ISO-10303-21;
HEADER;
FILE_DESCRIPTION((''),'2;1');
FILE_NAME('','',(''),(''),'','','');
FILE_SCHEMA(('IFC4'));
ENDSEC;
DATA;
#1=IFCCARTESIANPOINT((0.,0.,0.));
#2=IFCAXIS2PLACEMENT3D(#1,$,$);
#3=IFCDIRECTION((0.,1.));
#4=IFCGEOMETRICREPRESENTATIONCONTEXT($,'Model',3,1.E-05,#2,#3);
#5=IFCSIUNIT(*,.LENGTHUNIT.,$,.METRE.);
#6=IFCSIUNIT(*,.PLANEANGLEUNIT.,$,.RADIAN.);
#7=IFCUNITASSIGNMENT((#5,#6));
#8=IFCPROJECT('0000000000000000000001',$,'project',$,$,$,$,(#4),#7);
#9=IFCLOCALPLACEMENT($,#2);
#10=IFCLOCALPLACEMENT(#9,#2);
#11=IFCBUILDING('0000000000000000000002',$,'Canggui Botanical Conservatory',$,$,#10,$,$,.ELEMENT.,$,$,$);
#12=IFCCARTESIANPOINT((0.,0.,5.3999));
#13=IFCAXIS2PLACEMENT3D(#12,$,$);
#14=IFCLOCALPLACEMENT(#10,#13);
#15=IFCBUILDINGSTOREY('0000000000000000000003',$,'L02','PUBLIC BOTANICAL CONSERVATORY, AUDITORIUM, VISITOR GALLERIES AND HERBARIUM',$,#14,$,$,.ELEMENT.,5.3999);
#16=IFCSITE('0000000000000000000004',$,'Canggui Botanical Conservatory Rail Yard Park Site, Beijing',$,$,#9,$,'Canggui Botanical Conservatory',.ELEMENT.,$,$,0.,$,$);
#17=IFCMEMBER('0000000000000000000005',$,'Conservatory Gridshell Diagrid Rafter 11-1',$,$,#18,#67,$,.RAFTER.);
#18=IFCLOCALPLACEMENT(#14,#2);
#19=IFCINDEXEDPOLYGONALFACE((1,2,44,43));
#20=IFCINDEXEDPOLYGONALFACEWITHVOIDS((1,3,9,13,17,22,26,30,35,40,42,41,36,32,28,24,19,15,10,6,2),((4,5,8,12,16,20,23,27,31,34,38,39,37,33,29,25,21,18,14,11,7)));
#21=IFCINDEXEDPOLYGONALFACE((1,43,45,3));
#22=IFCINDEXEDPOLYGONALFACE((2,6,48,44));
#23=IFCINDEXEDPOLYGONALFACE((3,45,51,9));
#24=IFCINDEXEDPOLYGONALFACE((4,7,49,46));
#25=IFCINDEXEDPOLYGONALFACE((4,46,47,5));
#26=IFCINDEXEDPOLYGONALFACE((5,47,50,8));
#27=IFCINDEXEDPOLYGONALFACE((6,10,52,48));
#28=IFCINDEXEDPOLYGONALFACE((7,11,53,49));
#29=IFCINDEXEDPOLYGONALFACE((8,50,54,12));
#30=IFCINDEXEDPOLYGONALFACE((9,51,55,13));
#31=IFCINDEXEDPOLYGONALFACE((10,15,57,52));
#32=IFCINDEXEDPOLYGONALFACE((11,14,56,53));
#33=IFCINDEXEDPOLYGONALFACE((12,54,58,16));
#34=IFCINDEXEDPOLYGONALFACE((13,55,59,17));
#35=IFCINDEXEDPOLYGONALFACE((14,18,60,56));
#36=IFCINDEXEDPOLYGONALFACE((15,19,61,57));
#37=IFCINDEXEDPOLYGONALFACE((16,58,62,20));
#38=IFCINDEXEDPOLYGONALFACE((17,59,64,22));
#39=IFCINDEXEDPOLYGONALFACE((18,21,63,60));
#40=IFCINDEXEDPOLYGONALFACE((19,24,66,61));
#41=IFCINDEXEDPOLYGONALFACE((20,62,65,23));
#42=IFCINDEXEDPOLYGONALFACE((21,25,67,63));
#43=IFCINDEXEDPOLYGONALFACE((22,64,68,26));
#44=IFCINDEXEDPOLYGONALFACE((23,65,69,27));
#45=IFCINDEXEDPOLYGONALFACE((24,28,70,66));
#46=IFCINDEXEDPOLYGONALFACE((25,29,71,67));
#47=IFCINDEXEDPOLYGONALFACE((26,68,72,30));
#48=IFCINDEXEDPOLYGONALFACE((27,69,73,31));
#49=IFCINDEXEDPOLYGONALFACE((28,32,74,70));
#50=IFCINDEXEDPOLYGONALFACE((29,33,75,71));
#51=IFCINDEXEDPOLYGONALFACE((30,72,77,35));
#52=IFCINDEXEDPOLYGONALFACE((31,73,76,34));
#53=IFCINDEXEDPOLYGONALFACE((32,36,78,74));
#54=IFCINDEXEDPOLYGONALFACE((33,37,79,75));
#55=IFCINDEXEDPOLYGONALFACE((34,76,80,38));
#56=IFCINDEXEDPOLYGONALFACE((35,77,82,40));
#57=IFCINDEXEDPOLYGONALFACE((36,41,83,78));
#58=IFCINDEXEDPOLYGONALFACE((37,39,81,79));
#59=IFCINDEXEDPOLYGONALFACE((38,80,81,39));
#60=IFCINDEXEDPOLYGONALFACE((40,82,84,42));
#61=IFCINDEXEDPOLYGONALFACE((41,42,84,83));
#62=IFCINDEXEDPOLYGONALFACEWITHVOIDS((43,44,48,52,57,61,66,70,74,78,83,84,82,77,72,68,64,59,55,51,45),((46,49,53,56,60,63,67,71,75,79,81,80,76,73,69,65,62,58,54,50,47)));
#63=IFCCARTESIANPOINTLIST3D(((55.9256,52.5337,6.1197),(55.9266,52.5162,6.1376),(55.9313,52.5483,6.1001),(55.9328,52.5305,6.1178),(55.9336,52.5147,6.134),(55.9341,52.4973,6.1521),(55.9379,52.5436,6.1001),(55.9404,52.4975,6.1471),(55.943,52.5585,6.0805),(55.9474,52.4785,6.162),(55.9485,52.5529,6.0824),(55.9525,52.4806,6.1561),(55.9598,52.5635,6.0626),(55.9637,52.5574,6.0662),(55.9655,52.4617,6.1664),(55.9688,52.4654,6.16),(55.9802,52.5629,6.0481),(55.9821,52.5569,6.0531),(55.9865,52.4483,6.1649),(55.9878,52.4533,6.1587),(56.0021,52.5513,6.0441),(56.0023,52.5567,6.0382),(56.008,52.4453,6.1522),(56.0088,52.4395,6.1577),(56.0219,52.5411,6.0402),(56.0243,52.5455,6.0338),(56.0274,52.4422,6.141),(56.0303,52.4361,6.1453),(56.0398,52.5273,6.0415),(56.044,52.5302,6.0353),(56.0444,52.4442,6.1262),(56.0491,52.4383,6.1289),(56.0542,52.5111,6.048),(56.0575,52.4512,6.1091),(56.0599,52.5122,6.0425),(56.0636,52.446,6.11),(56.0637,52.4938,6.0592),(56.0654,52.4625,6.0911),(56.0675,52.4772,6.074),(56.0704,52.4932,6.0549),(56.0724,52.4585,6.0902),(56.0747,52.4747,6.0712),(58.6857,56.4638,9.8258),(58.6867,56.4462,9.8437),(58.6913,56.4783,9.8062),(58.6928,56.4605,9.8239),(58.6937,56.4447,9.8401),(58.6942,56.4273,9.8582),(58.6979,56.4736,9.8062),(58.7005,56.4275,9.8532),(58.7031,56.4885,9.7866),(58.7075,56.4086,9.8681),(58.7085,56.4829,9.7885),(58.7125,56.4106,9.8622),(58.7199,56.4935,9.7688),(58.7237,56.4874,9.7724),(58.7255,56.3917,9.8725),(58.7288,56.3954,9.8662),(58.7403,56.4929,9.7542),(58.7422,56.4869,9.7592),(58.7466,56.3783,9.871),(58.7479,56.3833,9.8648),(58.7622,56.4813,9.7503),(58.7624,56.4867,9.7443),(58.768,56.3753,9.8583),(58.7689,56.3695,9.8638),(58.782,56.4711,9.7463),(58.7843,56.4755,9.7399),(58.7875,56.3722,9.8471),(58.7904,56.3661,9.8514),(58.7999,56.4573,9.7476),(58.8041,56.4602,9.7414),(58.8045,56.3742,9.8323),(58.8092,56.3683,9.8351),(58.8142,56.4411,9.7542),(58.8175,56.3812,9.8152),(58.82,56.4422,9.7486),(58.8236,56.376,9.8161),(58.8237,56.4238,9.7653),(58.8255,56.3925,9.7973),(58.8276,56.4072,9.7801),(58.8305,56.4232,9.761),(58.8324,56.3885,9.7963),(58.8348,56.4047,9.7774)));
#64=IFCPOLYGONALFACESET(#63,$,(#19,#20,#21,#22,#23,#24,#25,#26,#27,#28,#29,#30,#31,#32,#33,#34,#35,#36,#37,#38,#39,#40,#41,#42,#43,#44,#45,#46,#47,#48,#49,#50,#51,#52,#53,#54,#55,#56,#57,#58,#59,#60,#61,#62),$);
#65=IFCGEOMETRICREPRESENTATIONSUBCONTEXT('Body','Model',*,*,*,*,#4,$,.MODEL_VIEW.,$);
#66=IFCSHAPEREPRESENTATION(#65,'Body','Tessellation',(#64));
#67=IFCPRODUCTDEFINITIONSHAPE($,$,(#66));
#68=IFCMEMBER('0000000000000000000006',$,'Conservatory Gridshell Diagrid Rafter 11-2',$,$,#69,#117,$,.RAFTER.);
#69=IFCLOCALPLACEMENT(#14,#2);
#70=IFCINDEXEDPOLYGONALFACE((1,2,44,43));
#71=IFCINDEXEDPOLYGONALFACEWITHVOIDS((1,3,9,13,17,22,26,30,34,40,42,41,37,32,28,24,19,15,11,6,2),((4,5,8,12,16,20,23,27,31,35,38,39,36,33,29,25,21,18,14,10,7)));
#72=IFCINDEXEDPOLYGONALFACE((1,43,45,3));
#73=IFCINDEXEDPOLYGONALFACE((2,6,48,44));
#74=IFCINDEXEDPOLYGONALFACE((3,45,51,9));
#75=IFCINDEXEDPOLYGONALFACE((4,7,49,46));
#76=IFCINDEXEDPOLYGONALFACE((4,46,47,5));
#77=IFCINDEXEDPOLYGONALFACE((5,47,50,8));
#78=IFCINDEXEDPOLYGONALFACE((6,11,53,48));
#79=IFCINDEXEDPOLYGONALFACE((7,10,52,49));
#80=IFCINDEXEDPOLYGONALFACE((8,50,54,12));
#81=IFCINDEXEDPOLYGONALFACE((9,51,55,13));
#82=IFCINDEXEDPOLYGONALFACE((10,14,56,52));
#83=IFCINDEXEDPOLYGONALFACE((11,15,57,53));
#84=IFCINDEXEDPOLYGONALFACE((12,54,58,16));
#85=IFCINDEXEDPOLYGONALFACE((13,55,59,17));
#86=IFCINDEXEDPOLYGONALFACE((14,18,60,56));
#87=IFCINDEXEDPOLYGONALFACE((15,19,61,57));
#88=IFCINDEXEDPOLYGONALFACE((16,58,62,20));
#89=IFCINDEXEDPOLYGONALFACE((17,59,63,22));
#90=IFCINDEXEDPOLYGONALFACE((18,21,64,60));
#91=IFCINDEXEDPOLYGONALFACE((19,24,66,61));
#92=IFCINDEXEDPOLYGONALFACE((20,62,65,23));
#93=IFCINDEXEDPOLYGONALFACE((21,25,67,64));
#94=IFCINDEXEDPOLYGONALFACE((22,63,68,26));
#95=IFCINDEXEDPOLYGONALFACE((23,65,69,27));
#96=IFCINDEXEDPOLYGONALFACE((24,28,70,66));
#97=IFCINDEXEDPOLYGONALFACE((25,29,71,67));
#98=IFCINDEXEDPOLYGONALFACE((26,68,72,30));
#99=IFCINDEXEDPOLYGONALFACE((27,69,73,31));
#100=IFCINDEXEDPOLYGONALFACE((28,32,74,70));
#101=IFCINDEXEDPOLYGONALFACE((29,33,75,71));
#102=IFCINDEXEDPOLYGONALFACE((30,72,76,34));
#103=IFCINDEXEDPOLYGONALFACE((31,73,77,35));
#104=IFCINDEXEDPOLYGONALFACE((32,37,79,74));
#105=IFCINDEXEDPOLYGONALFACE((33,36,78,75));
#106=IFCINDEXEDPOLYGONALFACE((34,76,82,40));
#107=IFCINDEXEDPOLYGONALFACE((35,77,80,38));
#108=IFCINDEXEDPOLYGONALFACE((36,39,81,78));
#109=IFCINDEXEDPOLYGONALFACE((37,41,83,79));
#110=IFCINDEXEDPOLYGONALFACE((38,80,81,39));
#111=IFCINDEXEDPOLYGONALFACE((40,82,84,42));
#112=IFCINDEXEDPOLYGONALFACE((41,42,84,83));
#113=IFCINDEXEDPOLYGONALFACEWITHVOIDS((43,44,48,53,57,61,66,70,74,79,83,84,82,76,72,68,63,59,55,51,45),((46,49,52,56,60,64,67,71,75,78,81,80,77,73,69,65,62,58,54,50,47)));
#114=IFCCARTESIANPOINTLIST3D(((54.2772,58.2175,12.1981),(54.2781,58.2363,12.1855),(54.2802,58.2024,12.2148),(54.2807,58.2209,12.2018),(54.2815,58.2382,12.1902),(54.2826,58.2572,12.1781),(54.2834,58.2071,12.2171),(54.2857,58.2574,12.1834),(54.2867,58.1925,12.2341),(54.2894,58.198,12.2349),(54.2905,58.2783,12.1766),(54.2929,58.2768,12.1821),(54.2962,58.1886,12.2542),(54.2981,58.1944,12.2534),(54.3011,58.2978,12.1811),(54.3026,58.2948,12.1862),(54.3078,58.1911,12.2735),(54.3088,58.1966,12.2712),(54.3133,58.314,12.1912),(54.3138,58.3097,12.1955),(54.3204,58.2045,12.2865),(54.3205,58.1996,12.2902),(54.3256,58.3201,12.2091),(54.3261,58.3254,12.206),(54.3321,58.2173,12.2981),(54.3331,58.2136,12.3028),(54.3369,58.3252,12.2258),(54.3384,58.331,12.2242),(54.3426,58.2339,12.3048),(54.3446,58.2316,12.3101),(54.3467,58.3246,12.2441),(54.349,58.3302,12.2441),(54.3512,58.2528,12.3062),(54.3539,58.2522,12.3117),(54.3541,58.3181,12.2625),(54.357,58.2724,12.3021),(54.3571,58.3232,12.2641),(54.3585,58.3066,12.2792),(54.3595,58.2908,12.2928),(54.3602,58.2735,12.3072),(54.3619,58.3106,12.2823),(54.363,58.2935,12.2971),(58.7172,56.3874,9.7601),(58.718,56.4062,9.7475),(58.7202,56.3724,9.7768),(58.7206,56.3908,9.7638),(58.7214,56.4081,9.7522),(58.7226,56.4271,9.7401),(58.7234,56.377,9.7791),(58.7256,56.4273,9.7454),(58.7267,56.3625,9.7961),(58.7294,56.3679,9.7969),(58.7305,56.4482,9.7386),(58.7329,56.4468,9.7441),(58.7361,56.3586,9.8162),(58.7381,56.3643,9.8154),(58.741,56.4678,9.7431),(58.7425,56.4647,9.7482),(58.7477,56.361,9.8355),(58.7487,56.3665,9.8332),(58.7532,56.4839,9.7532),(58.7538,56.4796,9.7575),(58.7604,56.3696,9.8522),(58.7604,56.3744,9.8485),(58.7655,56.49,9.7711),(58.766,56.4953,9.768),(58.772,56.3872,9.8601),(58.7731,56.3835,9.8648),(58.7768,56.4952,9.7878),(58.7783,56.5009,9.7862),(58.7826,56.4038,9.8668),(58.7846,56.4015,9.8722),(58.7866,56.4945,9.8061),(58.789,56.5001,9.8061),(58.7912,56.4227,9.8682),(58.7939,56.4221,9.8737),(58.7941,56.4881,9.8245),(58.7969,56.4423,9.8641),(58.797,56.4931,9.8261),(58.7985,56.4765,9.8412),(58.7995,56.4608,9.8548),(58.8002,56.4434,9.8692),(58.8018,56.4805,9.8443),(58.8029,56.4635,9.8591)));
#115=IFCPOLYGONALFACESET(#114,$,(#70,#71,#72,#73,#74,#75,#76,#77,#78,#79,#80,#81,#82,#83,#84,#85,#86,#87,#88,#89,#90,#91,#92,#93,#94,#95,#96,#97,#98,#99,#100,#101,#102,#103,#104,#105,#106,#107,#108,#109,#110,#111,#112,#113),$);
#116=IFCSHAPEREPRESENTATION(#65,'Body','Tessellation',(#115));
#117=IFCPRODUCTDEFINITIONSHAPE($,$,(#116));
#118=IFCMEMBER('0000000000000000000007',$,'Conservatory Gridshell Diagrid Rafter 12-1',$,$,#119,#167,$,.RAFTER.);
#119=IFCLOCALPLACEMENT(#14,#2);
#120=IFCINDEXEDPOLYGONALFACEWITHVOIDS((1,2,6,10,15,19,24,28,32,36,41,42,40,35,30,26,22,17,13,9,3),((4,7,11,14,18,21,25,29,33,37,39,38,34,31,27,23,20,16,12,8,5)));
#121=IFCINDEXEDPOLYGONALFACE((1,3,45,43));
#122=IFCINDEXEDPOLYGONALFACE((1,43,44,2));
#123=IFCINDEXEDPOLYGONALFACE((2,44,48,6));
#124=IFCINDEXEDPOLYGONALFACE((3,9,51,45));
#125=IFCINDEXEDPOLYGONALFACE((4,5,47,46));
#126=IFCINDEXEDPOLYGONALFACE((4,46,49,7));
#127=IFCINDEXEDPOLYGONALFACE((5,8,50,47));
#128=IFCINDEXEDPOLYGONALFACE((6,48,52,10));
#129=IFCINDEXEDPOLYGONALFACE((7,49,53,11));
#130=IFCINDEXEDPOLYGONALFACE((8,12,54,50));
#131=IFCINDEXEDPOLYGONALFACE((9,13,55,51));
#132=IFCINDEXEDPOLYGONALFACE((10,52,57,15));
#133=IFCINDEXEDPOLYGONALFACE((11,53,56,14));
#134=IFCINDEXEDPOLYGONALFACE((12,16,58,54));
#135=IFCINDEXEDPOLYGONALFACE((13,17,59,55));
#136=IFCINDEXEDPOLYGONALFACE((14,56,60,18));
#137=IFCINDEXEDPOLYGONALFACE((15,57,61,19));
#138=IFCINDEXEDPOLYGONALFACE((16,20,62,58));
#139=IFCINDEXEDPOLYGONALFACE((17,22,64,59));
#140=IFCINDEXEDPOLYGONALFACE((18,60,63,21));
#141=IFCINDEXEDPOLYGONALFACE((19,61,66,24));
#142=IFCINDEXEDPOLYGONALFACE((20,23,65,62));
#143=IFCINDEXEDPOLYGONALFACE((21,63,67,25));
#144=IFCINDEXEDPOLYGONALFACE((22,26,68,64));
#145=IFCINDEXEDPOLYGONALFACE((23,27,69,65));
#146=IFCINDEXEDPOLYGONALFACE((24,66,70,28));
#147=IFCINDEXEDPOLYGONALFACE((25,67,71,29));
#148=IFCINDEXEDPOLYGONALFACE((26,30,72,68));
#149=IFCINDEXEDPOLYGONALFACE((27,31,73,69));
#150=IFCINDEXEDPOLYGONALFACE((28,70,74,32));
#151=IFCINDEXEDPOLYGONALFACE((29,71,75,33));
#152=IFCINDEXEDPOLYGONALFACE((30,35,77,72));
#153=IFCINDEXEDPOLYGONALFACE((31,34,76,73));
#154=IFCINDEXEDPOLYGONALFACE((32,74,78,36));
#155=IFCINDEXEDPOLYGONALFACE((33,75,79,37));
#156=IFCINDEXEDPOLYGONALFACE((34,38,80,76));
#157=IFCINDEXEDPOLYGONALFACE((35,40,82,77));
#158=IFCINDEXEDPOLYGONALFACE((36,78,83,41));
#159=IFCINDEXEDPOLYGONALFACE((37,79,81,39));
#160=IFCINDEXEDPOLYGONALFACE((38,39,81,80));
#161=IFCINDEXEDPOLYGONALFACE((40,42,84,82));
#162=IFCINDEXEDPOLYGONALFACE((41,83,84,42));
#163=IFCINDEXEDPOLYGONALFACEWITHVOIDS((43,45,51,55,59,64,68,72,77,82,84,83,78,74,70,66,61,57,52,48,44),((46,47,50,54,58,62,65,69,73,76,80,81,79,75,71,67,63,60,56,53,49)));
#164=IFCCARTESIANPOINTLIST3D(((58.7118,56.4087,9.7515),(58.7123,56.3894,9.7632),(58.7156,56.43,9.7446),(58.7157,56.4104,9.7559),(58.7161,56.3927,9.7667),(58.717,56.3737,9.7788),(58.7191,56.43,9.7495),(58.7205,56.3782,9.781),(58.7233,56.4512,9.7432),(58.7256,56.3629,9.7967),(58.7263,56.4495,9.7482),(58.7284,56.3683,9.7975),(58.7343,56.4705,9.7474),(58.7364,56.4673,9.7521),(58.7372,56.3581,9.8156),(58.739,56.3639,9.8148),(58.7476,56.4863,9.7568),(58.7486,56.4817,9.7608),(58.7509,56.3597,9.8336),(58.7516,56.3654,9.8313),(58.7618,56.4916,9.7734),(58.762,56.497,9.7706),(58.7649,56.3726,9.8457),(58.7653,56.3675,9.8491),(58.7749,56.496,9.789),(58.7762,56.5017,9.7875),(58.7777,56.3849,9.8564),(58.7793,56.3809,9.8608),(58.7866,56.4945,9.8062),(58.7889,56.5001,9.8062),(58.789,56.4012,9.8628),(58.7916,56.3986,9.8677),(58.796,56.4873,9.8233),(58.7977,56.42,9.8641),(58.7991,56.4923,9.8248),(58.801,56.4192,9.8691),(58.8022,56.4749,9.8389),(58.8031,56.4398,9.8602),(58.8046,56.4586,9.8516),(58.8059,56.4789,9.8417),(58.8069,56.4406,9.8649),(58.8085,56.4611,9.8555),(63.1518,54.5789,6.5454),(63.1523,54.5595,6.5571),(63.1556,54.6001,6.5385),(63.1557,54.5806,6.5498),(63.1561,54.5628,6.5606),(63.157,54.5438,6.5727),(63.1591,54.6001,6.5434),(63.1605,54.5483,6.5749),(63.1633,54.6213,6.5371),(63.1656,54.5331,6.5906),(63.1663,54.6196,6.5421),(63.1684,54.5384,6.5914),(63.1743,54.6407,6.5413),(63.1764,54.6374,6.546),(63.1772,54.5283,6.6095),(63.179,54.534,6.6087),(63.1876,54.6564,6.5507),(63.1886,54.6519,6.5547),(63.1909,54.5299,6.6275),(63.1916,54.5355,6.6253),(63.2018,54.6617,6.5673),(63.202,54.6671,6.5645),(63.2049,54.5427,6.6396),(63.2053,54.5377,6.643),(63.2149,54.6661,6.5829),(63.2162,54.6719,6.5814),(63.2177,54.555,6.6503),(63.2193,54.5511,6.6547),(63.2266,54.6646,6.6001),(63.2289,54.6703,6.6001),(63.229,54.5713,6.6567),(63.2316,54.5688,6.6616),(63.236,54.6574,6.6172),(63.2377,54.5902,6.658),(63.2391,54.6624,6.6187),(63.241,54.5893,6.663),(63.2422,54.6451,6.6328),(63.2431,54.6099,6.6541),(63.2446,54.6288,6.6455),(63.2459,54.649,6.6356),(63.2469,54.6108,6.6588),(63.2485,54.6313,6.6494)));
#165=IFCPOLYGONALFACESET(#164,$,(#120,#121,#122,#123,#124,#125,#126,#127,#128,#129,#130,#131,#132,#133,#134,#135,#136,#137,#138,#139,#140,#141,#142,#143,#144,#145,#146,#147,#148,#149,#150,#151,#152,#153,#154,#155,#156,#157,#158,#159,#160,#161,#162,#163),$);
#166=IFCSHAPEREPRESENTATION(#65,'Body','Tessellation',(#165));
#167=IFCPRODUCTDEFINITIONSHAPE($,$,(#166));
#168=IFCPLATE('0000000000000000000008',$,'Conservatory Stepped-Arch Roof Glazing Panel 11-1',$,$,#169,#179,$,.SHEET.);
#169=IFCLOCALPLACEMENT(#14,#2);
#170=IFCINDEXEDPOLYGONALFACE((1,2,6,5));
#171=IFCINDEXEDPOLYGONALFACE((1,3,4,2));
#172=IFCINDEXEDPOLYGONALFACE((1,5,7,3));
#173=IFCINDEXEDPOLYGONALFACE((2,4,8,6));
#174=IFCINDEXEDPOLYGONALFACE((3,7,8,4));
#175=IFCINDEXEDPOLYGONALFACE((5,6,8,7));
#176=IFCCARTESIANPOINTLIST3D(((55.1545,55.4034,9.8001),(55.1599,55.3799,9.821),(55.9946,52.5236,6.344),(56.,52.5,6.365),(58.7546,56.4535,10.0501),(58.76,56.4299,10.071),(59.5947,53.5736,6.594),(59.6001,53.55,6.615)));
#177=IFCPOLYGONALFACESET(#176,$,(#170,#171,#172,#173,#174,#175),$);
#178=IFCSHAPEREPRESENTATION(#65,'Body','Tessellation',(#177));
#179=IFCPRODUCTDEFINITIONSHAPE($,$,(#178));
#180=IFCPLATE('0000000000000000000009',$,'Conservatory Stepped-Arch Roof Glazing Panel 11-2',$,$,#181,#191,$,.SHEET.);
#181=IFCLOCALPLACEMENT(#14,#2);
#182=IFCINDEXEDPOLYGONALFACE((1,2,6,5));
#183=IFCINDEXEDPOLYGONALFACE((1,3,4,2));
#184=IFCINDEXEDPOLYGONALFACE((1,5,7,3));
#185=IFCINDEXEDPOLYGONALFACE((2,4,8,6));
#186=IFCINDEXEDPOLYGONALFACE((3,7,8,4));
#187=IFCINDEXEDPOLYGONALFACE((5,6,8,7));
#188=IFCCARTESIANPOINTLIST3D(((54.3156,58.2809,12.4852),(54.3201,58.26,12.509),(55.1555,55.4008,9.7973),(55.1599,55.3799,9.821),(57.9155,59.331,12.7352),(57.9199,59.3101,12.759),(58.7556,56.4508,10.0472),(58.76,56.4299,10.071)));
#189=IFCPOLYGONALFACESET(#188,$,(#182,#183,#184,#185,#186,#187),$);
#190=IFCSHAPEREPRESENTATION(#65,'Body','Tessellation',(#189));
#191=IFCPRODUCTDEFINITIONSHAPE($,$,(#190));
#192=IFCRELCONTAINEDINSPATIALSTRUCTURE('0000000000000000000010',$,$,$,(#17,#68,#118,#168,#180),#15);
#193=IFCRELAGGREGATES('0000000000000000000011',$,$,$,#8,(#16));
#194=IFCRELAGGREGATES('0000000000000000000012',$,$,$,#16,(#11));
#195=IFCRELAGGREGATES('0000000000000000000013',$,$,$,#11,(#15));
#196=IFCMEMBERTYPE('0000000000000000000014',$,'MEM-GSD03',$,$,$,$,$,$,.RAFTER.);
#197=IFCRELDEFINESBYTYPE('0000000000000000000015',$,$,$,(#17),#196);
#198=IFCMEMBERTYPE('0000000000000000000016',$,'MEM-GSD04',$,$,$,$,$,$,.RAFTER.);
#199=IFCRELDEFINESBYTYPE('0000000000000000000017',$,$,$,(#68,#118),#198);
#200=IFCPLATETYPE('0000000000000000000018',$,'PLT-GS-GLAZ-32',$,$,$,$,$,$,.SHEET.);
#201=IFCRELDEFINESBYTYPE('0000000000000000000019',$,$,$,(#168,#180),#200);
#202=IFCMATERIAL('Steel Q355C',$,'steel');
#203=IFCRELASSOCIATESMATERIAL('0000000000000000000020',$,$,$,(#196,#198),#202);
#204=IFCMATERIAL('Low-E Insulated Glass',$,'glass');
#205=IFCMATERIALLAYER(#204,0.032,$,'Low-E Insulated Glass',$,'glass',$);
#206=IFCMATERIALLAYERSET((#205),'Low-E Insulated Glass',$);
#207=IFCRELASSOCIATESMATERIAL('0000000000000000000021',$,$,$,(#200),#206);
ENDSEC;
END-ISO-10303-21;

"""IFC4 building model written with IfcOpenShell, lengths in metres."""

from ifc_helpers import new_model, si_unit, direction, frame, origin, origin_2d, place, context, subcontext, project, spatial, polyline, hollow_circle, outline, extrude, material, layer, layer_set, material_profile, profile_set, type_object, element, save


model = new_model("IFC4")

# Units and contexts
model_context = context("Model", 3, precision=1e-05, world=origin(), true_north=direction((0.0, 1.0)))
body_context = subcontext(model_context, "Body", "Model", "MODEL_VIEW")
ifc_project = project(units=[si_unit("LENGTHUNIT", "METRE"), si_unit("PLANEANGLEUNIT", "RADIAN")], contexts=[model_context])

# Site, building, storey
site_placement = place(None, origin())
site = spatial("IfcSite", under=ifc_project, at=site_placement, Name="Canggui Botanical Conservatory Rail Yard Park Site, Beijing", LongName="Canggui Botanical Conservatory", CompositionType="ELEMENT", RefElevation=0.0)
building_placement = place(site_placement, origin())
building = spatial("IfcBuilding", under=site, at=building_placement, Name="Canggui Botanical Conservatory", CompositionType="ELEMENT")
storey_placement = place(building_placement, frame((0.0, 0.0, 5.3999)))
storey = spatial("IfcBuildingStorey", under=building, at=storey_placement, Name="L02", Description="PUBLIC BOTANICAL CONSERVATORY, AUDITORIUM, VISITOR GALLERIES AND HERBARIUM", CompositionType="ELEMENT", Elevation=5.3999)

# Shared definitions
ifc_material_1 = material(Name="Steel Q355C", Category="steel")

# Members
ifc_material_profile_1 = material_profile(ifc_material_1, hollow_circle(Radius=0.084, WallThickness=0.0081, at=origin_2d()), Name="CHS 168x8")
ifc_profile_set_1 = profile_set([ifc_material_profile_1], Name="Steel Q355C")
member_type_1 = type_object("IfcMemberType", Name="MEM-GSD03", PredefinedType="RAFTER", material=ifc_profile_set_1)
member_1_placement = place(storey_placement, frame((56.0, 52.5, 6.1001), z_axis=(0.454994, 0.647858, 0.610951), x_axis=(-0.818345, 0.574728, 0.0)))
element("IfcMember", 1, at=member_1_placement, inside=storey, type_object=member_type_1, Name="Conservatory Gridshell Diagrid Rafter 11-1", PredefinedType="RAFTER", context=body_context, shape_type="SweptSolid", body=[
    extrude(hollow_circle(Radius=0.084, WallThickness=0.0081, at=origin_2d()), origin(), (0.0, 0.0, 1.0), 6.0662),
])
ifc_material_profile_2 = material_profile(ifc_material_1, hollow_circle(Radius=0.0759, WallThickness=0.0061, at=origin_2d()), Name="CHS 152x6")
ifc_profile_set_2 = profile_set([ifc_material_profile_2], Name="Steel Q355C")
member_type_2 = type_object("IfcMemberType", Name="MEM-GSD04", PredefinedType="RAFTER", material=ifc_profile_set_2)
member_2_placement = place(storey_placement, frame((54.3201, 58.26, 12.2441), z_axis=(0.82439, -0.339802, -0.452676), x_axis=(0.381082, 0.924541, 0.0)))
element("IfcMember", 2, at=member_2_placement, inside=storey, type_object=member_type_2, Name="Conservatory Gridshell Diagrid Rafter 11-2", PredefinedType="RAFTER", context=body_context, shape_type="SweptSolid", body=[
    extrude(hollow_circle(Radius=0.0759, WallThickness=0.0061, at=origin_2d()), origin(), (0.0, 0.0, 1.0), 5.3857),
])
member_3_placement = place(storey_placement, frame((58.76, 56.4299, 9.8062), z_axis=(0.768942, -0.316904, -0.555248), x_axis=(0.381039, 0.924559, 0.0)))
element("IfcMember", 3, at=member_3_placement, inside=storey, type_object=member_type_2, Name="Conservatory Gridshell Diagrid Rafter 12-1", PredefinedType="RAFTER", context=body_context, shape_type="SweptSolid", body=[
    extrude(hollow_circle(Radius=0.0759, WallThickness=0.0061, at=origin_2d()), origin(), (0.0, 0.0, 1.0), 5.7742),
])

# Plates
ifc_material_2 = material(Name="Low-E Insulated Glass", Category="glass")
ifc_layer = layer(ifc_material_2, 0.032, Name="Low-E Insulated Glass", Category="glass")
ifc_layer_set = layer_set([ifc_layer], Name="Low-E Insulated Glass")
plate_type = type_object("IfcPlateType", Name="PLT-GS-GLAZ-32", PredefinedType="SHEET", material=ifc_layer_set)
plate_1_placement = place(storey_placement, frame((56.0, 52.5, 6.365), z_axis=(0.169342, -0.73651, 0.654887), x_axis=(0.957872, 0.279385, 0.066517)))
element("IfcPlate", 4, at=plate_1_placement, inside=storey, type_object=plate_type, Name="Conservatory Stepped-Arch Roof Glazing Panel 11-1", PredefinedType="SHEET", context=body_context, shape_type="SweptSolid", body=[
    extrude(outline(polyline([(0.0, 0.0), (3.7584, 0.0), (3.9882, 4.5707), (0.2298, 4.5707), (0.0, 0.0)])), origin(), (0.0, 0.0, -1.0), 0.032),
])
plate_2_placement = place(storey_placement, frame((55.1599, 55.3799, 9.821), z_axis=(0.139016, -0.653704, 0.743872), x_axis=(0.957872, 0.279388, 0.066514)))
element("IfcPlate", 5, at=plate_2_placement, inside=storey, type_object=plate_type, Name="Conservatory Stepped-Arch Roof Glazing Panel 11-2", PredefinedType="SHEET", context=body_context, shape_type="SweptSolid", body=[
    extrude(outline(polyline([(0.0, 0.0), (3.7584, 0.0), (3.9372, 4.0242), (0.179, 4.0241), (0.0, 0.0)])), origin(), (0.0, 0.0, -1.0), 0.032),
])

save(model, "model.ifc")
